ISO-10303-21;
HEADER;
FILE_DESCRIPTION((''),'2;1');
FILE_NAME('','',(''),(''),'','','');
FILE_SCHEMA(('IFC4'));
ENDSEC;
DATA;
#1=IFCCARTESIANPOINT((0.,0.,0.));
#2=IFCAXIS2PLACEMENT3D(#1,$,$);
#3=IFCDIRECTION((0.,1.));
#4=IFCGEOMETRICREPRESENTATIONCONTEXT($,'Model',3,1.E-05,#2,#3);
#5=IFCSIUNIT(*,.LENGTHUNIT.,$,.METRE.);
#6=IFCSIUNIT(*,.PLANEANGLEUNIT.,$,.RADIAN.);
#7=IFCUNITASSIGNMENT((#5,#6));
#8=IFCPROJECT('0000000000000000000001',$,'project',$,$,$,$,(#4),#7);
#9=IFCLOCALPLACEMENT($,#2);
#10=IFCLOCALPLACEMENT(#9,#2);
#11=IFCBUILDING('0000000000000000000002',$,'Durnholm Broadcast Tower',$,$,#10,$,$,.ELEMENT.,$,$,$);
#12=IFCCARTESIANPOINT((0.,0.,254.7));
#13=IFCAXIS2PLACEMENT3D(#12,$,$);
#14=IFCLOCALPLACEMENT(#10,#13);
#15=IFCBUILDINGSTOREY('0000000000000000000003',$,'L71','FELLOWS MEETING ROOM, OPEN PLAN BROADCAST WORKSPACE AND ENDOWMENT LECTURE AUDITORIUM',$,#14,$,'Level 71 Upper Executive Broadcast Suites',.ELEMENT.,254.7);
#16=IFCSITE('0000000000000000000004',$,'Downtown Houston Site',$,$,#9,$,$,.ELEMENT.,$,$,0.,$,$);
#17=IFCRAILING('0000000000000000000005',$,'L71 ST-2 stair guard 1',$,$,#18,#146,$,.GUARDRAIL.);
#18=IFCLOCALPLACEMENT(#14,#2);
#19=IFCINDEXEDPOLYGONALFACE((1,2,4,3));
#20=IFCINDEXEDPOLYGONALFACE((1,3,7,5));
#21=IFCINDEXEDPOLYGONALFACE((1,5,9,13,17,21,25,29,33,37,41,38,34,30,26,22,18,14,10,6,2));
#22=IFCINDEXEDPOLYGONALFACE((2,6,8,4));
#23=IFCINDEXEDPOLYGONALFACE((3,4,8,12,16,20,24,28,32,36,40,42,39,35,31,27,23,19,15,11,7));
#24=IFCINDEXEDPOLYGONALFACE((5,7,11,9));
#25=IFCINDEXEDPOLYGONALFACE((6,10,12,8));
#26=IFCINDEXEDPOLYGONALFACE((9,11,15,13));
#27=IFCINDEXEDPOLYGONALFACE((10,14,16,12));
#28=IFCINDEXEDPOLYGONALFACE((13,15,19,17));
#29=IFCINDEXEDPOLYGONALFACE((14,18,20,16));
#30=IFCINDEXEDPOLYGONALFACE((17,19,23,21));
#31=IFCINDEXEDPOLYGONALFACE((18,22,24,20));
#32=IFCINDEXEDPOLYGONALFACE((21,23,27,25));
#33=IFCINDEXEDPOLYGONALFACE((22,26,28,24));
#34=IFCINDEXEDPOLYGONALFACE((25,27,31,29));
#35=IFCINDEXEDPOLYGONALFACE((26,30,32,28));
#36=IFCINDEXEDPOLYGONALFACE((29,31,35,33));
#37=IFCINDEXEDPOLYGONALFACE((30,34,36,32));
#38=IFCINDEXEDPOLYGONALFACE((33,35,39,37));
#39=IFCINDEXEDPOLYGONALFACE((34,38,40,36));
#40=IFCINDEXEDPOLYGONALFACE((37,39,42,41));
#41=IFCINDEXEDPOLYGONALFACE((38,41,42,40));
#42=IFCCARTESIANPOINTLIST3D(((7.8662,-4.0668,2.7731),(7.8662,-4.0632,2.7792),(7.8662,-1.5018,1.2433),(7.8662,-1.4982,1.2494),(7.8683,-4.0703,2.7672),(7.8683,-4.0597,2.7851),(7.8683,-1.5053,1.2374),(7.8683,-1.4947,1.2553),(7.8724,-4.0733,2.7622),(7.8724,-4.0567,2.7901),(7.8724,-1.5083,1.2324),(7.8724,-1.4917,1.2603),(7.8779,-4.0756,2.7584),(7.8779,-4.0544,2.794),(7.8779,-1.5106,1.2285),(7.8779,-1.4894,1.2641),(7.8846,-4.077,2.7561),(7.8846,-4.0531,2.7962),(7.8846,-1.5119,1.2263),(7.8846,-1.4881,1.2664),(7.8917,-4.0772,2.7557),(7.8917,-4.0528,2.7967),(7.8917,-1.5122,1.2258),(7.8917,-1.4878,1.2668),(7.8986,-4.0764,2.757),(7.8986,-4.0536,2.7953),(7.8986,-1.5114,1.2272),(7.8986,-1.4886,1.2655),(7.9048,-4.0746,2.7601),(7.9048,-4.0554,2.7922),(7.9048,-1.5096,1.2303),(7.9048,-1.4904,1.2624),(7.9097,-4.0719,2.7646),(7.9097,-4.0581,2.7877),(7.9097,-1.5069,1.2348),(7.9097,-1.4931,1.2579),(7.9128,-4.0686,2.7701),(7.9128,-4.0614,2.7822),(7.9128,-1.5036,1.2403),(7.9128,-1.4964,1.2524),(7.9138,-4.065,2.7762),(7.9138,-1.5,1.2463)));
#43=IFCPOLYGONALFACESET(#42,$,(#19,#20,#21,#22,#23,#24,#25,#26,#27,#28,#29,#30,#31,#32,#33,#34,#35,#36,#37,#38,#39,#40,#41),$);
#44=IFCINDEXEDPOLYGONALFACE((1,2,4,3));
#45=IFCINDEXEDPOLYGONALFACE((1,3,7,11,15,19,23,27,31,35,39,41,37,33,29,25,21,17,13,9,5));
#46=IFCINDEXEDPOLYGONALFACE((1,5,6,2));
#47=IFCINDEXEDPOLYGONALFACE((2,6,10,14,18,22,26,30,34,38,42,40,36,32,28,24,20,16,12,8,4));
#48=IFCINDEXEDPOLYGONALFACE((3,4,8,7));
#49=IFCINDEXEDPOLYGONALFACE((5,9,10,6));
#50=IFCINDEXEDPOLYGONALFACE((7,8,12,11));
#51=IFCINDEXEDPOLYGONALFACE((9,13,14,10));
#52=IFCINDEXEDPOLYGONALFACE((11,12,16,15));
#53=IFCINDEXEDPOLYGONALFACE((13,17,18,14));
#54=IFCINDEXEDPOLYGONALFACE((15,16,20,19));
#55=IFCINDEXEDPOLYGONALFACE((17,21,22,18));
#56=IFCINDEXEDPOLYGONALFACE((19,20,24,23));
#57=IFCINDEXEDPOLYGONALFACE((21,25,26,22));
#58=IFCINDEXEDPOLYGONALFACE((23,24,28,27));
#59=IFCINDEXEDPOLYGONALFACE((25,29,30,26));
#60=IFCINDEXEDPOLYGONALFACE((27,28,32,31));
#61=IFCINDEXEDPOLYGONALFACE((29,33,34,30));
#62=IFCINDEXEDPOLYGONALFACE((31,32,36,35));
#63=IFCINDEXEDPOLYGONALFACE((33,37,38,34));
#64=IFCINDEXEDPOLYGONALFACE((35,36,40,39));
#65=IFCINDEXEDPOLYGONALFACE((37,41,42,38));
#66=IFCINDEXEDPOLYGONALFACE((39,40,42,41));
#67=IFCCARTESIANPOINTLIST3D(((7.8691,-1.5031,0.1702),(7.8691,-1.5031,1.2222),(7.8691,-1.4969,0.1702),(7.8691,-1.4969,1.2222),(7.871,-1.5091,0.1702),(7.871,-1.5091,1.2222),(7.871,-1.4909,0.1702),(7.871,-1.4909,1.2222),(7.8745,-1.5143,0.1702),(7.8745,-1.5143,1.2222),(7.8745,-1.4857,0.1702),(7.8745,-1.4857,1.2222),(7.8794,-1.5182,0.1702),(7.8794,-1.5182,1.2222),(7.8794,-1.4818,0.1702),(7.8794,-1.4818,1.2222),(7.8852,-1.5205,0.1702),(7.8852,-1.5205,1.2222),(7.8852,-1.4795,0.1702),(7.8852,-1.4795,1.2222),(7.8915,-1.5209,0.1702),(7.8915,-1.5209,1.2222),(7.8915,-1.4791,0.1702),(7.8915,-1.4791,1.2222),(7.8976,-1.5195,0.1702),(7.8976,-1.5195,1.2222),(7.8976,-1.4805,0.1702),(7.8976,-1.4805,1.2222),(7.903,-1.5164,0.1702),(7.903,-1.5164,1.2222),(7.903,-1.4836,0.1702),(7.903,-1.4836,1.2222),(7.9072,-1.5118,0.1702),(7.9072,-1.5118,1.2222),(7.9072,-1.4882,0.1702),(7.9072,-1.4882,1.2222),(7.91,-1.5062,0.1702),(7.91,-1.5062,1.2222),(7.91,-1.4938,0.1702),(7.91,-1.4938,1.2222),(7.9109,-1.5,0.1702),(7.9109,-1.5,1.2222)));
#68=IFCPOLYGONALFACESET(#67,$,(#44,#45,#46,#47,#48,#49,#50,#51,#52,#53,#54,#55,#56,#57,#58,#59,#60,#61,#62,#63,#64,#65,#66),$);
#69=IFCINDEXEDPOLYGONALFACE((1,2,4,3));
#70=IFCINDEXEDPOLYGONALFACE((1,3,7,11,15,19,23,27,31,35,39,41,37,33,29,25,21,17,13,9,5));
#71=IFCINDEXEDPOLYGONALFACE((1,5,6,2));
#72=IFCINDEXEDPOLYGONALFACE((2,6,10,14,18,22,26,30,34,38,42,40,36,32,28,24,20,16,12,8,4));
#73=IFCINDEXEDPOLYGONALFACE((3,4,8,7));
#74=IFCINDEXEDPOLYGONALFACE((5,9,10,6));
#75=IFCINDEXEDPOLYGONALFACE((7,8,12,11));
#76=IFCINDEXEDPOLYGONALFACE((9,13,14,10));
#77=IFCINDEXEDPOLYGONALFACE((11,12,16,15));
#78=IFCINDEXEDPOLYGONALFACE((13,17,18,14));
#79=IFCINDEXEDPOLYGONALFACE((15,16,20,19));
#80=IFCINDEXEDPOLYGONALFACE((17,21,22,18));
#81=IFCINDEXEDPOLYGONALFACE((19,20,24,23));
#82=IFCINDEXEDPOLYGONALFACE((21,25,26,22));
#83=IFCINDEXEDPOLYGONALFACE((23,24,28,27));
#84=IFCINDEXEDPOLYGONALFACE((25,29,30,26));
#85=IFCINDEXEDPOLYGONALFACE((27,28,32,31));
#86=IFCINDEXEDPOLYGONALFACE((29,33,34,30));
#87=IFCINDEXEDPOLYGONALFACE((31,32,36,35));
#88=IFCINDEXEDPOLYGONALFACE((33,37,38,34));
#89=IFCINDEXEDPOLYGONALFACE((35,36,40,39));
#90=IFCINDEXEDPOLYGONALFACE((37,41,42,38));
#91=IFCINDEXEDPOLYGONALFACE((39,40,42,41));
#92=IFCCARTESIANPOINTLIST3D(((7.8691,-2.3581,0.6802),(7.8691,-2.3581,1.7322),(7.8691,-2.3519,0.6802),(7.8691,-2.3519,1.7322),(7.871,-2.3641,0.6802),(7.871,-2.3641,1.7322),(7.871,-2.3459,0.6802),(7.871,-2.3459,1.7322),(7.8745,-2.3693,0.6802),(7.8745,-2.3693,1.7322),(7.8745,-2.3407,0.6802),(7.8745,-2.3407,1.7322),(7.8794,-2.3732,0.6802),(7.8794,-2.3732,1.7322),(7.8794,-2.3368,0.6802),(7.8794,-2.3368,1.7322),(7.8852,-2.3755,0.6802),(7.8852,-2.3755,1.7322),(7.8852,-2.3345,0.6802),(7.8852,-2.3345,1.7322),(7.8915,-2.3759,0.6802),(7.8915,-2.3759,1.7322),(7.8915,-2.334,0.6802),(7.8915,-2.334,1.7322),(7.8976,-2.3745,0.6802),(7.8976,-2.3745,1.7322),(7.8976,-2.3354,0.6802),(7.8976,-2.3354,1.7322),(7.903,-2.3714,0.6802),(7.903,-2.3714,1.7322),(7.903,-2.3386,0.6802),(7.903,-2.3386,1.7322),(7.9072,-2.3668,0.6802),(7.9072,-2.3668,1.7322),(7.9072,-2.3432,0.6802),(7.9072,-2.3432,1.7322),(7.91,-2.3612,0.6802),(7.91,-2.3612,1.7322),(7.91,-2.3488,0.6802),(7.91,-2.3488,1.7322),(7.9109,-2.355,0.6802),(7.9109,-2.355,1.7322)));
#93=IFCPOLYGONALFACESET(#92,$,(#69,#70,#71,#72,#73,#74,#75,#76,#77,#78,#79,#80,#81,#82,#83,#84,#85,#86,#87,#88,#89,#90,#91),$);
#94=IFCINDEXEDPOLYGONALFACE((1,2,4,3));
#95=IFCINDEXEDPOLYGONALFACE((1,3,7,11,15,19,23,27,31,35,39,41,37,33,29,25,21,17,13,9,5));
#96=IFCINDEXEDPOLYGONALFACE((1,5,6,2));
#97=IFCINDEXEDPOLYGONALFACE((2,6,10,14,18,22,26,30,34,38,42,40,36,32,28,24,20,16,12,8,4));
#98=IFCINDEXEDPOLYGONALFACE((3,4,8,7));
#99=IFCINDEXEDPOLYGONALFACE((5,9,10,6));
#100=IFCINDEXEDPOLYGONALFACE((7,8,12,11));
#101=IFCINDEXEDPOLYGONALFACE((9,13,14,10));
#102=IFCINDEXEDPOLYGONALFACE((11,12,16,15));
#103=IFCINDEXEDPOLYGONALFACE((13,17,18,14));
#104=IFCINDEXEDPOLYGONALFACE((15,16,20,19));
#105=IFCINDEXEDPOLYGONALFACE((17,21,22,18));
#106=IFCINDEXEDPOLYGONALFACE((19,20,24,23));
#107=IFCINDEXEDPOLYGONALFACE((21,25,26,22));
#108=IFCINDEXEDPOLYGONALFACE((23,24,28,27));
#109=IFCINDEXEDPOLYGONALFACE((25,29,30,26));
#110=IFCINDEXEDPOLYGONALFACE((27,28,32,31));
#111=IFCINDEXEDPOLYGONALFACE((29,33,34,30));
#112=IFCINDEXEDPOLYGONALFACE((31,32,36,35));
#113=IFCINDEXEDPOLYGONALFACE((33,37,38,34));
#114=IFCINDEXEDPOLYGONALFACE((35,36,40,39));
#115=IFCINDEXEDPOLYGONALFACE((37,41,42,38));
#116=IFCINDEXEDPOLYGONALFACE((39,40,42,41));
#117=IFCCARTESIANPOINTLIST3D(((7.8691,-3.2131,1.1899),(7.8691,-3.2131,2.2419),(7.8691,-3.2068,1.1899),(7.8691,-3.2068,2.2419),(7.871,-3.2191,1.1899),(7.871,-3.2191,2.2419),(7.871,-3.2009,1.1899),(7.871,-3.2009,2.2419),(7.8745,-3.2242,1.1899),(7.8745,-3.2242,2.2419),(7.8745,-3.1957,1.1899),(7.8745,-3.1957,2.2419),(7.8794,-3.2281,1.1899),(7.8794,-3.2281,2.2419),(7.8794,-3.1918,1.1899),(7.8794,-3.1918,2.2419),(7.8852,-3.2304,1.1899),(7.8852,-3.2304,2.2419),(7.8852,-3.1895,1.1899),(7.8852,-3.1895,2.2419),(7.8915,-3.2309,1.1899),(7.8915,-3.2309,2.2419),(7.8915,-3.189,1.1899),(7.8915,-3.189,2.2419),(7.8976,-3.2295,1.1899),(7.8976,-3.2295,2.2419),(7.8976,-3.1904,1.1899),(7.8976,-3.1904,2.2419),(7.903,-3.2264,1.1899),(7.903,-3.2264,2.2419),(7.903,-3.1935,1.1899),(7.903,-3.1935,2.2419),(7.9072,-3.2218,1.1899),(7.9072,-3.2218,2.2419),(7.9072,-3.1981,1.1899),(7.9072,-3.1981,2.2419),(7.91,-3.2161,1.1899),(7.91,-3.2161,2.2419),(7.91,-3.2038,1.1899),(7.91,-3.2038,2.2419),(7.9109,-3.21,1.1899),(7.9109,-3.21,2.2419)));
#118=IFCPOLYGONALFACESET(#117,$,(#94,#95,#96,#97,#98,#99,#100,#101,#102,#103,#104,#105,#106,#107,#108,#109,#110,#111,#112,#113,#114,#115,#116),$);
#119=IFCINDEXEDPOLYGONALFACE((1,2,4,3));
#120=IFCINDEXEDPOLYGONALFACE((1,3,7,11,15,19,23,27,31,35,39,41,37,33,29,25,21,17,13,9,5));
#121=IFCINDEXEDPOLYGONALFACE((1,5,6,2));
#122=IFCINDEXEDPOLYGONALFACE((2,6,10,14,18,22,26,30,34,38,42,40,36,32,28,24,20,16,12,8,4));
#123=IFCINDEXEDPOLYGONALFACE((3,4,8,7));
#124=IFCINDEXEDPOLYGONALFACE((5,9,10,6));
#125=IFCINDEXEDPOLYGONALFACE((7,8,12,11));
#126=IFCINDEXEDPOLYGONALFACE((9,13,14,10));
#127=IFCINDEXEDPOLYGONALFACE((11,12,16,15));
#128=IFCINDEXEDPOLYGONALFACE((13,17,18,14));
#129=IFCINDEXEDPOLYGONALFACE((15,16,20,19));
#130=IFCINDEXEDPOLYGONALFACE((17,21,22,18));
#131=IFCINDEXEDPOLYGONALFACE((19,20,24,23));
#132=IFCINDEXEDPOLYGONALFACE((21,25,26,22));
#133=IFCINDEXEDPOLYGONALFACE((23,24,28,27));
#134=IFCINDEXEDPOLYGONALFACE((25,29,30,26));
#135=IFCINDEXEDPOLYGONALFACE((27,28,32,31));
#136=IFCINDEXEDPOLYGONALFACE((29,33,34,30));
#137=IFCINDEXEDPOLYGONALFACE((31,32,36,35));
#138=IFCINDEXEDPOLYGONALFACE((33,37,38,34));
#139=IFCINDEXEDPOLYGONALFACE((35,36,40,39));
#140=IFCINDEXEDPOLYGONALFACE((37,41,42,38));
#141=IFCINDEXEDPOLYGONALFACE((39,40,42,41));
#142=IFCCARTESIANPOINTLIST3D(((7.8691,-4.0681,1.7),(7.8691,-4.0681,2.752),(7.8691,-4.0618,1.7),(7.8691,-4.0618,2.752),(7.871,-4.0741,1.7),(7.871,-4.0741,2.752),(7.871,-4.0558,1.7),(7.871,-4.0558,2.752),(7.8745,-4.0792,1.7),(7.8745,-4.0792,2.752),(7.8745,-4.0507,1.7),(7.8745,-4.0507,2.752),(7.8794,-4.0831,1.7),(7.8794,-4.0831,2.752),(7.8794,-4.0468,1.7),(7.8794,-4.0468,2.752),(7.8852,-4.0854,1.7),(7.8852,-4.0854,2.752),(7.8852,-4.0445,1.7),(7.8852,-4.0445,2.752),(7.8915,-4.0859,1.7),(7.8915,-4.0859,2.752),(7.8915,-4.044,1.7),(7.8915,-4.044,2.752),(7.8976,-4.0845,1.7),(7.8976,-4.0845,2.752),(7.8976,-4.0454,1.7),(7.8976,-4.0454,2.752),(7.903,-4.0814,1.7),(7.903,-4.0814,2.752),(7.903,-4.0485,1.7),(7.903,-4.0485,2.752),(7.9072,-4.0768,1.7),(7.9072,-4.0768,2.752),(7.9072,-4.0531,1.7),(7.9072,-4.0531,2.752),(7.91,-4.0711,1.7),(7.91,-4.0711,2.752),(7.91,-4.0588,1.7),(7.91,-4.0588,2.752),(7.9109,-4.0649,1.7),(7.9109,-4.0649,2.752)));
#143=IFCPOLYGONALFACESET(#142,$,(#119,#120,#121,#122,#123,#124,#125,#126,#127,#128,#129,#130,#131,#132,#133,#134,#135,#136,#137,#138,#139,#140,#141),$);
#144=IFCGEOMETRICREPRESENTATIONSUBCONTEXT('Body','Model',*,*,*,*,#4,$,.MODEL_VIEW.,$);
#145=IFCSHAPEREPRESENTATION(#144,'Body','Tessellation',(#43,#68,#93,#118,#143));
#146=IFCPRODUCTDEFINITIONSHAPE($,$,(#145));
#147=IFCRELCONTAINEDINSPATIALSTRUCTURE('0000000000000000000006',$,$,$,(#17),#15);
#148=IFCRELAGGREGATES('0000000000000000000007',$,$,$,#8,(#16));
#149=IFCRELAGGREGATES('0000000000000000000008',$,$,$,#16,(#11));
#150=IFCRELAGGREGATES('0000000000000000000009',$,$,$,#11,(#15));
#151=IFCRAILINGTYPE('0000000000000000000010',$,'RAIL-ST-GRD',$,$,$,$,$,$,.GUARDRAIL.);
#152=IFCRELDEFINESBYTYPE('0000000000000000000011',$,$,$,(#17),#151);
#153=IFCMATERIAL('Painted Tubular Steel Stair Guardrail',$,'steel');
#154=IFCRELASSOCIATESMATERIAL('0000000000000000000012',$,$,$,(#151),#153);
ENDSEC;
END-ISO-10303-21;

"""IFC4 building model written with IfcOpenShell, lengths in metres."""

from ifc_helpers import new_model, si_unit, direction, frame, origin, origin_2d, place, context, subcontext, project, spatial, circle, extrude, material, type_object, element, save


model = new_model("IFC4")

# Units and contexts
model_context = context("Model", 3, precision=1e-05, world=origin(), true_north=direction((0.0, 1.0)))
body_context = subcontext(model_context, "Body", "Model", "MODEL_VIEW")
ifc_project = project(units=[si_unit("LENGTHUNIT", "METRE"), si_unit("PLANEANGLEUNIT", "RADIAN")], contexts=[model_context])

# Site, building, storey
site_placement = place(None, origin())
site = spatial("IfcSite", under=ifc_project, at=site_placement, Name="Downtown Houston Site", CompositionType="ELEMENT", RefElevation=0.0)
building_placement = place(site_placement, origin())
building = spatial("IfcBuilding", under=site, at=building_placement, Name="Durnholm Broadcast Tower", CompositionType="ELEMENT")
storey_placement = place(building_placement, frame((0.0, 0.0, 254.7)))
storey = spatial("IfcBuildingStorey", under=building, at=storey_placement, Name="L71", Description="FELLOWS MEETING ROOM, OPEN PLAN BROADCAST WORKSPACE AND ENDOWMENT LECTURE AUDITORIUM", LongName="Level 71 Upper Executive Broadcast Suites", CompositionType="ELEMENT", Elevation=254.7)

# Railing
ifc_material_1 = material(Name="Painted Tubular Steel Stair Guardrail", Category="steel")
railing_type_1 = type_object("IfcRailingType", Name="RAIL-ST-GRD", PredefinedType="GUARDRAIL", material=ifc_material_1)
railing_1_placement = place(storey_placement, frame((7.8899, -1.5, 0.1702)))
element("IfcRailing", 1, at=railing_1_placement, inside=storey, type_object=railing_type_1, Name="L71 ST-2 stair guard 1", PredefinedType="GUARDRAIL", context=body_context, shape_type="SweptSolid", body=[
    extrude(circle(Radius=0.0239, at=origin_2d()), frame((0.0, 0.0, 1.0762), z_axis=(0.0, -0.858846, 0.512234), x_axis=(1.0, 0.0, 0.0)), (0.0, 0.0, 1.0), 2.9866),
    extrude(circle(Radius=0.021, at=origin_2d()), origin(), (0.0, 0.0, 1.0), 1.052),
    extrude(circle(Radius=0.021, at=origin_2d()), frame((0.0, -0.855, 0.51)), (0.0, 0.0, 1.0), 1.052),
    extrude(circle(Radius=0.021, at=origin_2d()), frame((0.0, -1.71, 1.0198)), (0.0, 0.0, 1.0), 1.052),
    extrude(circle(Radius=0.021, at=origin_2d()), frame((0.0, -2.5649, 1.5298)), (0.0, 0.0, 1.0), 1.052),
])

save(model, "model.ifc")
